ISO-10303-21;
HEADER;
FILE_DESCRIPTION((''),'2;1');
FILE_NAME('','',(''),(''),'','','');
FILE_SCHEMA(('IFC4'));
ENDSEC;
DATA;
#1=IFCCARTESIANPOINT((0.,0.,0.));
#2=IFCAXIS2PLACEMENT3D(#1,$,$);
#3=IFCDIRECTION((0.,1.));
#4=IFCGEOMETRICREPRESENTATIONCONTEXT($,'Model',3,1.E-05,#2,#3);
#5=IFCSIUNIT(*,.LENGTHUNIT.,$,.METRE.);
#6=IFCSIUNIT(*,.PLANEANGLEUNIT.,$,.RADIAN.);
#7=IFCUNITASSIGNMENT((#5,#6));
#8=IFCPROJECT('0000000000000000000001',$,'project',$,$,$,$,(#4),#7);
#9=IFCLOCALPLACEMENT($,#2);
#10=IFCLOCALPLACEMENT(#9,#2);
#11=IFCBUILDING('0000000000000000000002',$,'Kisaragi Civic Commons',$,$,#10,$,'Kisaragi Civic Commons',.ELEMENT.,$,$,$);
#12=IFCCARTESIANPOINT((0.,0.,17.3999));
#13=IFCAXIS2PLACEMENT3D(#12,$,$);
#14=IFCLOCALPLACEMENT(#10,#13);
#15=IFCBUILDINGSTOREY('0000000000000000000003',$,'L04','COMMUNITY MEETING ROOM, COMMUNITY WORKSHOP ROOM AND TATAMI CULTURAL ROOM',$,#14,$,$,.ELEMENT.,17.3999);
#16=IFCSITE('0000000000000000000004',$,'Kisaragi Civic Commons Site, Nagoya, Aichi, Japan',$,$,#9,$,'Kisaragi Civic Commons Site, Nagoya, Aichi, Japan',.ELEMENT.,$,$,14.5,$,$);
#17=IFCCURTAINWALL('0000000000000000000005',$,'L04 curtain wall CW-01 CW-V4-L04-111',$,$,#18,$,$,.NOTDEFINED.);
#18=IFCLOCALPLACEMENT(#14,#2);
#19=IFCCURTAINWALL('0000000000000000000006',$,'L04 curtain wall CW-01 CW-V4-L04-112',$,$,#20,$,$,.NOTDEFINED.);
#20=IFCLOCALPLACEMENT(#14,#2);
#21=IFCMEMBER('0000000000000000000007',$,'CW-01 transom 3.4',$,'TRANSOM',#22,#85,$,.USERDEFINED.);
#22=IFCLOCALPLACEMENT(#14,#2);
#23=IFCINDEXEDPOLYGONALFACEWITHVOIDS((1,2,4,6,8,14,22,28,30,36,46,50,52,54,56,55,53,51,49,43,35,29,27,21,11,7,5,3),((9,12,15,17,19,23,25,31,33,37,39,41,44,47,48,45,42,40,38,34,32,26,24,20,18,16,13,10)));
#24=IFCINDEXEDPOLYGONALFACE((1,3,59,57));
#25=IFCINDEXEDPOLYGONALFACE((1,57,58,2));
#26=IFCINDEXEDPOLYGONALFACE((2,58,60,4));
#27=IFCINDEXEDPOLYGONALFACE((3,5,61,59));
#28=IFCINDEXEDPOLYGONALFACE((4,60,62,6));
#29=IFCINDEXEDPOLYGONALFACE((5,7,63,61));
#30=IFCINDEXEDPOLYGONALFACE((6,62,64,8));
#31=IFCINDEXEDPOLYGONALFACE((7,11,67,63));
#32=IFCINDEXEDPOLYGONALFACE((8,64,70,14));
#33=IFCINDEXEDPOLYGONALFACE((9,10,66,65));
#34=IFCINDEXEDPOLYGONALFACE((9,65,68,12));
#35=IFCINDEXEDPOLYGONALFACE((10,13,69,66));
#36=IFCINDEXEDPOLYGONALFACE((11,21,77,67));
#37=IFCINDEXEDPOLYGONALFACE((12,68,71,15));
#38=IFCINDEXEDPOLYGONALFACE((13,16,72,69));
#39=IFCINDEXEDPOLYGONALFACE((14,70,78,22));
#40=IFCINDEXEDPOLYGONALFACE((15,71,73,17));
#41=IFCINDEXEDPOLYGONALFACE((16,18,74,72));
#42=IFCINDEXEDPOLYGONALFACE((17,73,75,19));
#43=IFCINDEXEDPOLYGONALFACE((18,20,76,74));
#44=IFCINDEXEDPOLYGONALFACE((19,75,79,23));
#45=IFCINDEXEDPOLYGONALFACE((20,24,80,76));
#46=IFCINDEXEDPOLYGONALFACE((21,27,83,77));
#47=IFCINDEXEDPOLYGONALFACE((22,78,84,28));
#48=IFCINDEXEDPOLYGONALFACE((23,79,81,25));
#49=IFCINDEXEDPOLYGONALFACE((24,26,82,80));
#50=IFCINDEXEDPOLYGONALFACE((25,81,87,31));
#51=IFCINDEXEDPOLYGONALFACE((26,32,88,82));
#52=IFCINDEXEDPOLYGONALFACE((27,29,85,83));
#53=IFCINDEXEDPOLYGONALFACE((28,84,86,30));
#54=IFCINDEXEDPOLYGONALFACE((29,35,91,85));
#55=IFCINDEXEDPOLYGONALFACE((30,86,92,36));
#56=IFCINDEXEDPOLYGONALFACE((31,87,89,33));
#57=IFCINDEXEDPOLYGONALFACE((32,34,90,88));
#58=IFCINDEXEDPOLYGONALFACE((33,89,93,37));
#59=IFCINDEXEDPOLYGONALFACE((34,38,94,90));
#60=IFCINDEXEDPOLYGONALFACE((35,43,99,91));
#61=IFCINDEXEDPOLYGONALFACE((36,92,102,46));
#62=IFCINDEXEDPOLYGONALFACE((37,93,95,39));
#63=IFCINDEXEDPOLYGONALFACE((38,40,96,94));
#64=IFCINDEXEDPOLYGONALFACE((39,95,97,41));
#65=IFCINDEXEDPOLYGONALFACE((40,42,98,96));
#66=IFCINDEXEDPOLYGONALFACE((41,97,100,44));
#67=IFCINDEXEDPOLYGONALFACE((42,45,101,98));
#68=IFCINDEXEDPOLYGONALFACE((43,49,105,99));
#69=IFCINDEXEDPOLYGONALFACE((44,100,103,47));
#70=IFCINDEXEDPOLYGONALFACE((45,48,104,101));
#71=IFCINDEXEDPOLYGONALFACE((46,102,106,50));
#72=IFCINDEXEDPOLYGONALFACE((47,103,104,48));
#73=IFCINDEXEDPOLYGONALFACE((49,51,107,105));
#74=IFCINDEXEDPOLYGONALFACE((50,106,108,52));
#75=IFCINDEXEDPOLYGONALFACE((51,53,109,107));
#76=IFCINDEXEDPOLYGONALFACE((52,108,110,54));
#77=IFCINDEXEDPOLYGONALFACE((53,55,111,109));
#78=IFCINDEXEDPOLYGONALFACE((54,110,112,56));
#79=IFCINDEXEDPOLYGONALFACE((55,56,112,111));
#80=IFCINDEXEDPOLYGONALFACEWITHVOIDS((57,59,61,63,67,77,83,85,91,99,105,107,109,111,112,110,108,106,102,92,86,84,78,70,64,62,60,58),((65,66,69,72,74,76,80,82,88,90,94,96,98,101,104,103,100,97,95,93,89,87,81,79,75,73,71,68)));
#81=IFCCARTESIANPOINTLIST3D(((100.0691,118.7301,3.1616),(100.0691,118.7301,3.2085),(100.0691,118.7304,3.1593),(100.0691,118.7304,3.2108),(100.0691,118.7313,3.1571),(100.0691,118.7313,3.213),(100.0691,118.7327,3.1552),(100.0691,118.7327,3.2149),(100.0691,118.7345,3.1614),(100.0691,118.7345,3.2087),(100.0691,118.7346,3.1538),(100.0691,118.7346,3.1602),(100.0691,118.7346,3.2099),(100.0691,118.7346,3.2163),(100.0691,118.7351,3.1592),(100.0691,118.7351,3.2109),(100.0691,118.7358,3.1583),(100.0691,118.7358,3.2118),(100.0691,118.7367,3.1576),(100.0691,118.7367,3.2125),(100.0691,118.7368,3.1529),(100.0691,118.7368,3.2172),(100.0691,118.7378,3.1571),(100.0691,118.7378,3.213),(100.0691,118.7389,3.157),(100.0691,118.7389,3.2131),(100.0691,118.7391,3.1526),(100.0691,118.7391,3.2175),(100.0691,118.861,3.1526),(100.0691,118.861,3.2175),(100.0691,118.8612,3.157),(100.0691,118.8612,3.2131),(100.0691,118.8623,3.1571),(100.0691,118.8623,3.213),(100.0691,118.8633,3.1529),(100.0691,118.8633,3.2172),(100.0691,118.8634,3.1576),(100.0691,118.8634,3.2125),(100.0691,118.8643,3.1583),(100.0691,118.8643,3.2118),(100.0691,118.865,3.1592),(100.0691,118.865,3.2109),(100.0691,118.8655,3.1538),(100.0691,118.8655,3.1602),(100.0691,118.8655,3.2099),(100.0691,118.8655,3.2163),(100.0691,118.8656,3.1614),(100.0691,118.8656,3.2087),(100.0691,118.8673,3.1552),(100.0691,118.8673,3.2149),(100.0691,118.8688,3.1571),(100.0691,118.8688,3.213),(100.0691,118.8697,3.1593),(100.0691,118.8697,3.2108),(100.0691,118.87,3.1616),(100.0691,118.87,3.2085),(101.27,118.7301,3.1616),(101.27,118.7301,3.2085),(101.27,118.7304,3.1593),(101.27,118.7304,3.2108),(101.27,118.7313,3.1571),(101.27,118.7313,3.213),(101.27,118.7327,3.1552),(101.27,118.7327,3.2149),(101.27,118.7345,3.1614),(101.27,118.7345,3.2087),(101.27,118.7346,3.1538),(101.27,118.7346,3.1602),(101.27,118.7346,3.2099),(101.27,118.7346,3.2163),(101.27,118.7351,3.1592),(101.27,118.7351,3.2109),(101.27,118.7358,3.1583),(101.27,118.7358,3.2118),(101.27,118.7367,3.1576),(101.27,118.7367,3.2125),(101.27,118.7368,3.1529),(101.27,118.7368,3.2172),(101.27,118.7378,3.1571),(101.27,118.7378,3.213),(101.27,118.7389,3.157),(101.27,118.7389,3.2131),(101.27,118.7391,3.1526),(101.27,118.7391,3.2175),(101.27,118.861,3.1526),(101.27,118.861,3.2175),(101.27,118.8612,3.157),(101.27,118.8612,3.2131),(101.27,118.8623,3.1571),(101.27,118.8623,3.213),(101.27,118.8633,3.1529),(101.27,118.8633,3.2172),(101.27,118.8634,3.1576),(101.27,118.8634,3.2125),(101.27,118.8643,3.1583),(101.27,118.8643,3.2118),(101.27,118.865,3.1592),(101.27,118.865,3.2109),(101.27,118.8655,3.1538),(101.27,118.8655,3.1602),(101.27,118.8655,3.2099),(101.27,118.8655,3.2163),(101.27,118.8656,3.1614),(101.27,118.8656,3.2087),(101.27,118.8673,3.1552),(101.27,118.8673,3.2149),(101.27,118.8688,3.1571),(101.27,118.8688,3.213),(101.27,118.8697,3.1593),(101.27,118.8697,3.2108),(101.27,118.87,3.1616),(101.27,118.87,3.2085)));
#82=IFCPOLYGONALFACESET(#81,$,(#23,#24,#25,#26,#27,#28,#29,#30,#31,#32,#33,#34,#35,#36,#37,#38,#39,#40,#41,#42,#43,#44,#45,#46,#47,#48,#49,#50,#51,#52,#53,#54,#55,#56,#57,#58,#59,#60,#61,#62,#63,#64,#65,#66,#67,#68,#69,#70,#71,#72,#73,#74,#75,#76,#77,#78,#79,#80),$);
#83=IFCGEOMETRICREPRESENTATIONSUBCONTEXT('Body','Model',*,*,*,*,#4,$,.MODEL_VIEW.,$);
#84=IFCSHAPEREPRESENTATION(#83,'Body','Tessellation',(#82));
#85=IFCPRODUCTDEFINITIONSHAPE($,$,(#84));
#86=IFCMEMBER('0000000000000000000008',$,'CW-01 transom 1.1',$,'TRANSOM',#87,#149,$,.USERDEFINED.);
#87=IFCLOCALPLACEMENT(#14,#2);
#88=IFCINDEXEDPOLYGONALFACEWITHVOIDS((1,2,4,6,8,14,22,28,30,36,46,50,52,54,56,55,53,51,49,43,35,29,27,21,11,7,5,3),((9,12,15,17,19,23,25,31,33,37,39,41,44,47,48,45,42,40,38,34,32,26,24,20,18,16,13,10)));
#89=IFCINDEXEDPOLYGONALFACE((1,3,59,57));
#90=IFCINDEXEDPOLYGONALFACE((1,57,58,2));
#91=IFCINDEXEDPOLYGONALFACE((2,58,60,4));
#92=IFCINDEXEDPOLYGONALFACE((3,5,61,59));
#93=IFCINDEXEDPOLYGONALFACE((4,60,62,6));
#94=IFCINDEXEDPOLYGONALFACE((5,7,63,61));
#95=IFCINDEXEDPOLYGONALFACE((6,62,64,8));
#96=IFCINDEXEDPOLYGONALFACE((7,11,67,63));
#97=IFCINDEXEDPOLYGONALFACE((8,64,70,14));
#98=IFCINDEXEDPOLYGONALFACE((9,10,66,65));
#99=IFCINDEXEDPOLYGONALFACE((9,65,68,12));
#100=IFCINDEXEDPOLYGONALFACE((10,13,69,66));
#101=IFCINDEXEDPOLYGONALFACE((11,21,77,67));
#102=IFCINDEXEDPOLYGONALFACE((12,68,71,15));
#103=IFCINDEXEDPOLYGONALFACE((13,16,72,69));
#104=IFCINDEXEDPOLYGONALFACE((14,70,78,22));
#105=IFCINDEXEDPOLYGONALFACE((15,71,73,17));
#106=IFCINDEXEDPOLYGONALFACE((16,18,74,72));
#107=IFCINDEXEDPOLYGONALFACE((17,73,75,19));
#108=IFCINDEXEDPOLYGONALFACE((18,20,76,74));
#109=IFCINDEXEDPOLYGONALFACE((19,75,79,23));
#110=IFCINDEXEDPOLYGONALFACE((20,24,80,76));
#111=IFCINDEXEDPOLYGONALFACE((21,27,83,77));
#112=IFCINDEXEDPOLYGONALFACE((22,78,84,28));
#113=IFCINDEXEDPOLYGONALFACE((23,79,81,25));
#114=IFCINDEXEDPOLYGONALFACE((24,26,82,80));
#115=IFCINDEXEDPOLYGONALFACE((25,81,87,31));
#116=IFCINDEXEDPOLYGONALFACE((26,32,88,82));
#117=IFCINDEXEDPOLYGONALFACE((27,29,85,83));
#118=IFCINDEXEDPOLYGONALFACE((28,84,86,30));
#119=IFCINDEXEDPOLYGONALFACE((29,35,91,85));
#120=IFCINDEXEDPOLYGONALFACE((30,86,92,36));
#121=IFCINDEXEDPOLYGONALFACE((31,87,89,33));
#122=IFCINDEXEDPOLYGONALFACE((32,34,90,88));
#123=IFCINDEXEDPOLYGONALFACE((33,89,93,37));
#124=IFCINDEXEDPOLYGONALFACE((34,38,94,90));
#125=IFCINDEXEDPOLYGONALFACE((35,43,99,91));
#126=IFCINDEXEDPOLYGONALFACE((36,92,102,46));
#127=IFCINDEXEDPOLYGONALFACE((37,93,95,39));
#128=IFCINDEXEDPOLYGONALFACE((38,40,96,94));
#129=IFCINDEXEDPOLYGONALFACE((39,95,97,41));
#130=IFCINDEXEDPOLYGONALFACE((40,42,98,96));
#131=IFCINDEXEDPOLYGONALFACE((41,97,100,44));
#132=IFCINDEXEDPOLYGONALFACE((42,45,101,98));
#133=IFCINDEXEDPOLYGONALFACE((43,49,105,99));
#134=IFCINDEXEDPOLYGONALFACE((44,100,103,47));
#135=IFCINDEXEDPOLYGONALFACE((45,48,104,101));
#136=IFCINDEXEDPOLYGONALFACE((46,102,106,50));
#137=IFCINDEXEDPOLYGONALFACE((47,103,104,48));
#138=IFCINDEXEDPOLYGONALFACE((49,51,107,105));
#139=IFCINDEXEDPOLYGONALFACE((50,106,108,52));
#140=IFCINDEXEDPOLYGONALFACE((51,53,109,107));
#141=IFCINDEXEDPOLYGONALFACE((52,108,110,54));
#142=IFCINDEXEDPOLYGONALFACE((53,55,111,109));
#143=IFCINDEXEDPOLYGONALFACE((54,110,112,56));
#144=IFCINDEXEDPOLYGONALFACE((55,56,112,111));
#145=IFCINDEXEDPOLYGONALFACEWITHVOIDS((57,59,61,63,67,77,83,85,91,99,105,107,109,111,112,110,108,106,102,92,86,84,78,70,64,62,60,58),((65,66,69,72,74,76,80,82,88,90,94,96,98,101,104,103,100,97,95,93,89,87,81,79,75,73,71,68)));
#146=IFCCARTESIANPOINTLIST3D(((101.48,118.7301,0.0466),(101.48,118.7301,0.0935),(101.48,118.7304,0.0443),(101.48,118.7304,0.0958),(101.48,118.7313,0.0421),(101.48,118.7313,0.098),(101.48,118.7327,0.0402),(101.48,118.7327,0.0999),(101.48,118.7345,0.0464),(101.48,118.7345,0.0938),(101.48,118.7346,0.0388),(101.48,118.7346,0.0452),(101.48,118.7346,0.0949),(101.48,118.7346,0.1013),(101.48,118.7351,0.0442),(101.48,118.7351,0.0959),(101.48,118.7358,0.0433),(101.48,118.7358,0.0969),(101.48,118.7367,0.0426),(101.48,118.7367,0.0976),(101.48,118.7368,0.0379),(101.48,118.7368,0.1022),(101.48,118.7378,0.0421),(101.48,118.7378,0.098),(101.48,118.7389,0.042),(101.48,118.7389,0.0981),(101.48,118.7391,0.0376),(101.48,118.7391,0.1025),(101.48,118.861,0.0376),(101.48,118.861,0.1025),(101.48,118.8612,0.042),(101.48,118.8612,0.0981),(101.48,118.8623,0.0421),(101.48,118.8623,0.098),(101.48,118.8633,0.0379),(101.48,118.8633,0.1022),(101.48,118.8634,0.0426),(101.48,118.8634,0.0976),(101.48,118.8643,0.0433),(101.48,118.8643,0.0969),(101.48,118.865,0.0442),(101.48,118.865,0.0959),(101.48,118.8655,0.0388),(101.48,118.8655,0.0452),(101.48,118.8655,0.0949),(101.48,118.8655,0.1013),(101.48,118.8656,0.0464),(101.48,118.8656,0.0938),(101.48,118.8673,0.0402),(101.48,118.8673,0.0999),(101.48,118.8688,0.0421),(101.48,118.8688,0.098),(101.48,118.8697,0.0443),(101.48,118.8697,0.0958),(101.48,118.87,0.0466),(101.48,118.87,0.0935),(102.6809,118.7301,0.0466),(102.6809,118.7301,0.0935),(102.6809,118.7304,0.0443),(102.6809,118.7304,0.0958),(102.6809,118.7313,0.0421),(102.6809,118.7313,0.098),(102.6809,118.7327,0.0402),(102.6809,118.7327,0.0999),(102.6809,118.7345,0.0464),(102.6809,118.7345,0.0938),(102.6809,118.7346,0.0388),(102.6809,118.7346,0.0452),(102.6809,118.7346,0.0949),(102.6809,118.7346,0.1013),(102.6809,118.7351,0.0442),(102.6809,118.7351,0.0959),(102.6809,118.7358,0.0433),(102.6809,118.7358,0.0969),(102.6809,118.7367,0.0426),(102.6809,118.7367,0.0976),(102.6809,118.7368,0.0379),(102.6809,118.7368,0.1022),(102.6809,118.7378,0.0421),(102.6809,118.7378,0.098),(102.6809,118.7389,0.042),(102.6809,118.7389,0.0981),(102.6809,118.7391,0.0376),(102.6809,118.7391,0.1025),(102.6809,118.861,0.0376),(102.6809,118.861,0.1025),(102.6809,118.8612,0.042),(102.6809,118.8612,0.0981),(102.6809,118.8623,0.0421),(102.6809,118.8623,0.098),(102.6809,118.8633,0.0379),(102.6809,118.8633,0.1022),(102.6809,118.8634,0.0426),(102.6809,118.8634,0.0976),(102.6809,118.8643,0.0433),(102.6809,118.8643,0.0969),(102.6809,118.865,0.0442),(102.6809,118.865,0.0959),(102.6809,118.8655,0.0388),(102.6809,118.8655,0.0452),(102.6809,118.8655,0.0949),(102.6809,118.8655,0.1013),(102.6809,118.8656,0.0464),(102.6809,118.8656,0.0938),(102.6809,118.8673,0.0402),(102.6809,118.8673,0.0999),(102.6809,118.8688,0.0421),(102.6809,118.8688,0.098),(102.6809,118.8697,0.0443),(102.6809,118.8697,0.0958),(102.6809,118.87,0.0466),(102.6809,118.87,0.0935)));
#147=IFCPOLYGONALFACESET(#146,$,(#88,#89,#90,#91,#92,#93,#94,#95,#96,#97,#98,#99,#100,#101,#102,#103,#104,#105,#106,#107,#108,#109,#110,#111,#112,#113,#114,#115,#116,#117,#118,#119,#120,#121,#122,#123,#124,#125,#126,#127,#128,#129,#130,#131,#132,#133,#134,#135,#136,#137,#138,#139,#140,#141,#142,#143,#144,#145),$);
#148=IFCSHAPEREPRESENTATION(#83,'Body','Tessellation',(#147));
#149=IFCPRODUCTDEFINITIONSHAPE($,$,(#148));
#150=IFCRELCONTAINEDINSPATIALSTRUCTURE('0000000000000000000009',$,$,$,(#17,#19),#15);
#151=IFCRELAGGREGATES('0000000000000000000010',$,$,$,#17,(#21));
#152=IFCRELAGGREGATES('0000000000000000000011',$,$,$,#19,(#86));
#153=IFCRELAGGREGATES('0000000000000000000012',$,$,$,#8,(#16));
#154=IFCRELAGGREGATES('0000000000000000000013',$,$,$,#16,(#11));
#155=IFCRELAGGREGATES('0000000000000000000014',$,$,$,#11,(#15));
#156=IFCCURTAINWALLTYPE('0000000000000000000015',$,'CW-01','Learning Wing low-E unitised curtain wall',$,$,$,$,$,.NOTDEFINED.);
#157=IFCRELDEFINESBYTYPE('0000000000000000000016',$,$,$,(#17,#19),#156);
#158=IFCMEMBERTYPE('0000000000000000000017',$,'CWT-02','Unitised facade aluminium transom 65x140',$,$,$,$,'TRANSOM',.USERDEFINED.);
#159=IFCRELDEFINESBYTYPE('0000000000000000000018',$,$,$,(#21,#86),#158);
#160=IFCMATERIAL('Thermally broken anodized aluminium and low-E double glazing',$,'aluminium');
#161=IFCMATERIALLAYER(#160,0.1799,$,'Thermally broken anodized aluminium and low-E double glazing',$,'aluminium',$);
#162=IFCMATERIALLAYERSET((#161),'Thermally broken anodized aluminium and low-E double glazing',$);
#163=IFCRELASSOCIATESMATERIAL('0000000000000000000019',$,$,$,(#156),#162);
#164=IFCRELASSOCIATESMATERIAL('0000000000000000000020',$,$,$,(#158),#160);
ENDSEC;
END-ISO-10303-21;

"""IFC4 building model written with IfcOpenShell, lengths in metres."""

from ifc_helpers import new_model, si_unit, direction, frame, origin, origin_2d, place, context, subcontext, project, spatial, hollow_rectangle, extrude, material, layer, layer_set, material_profile, profile_set, type_object, element, aggregate, save


model = new_model("IFC4")

# Units and contexts
model_context = context("Model", 3, precision=1e-05, world=origin(), true_north=direction((0.0, 1.0)))
body_context = subcontext(model_context, "Body", "Model", "MODEL_VIEW")
ifc_project = project(units=[si_unit("LENGTHUNIT", "METRE"), si_unit("PLANEANGLEUNIT", "RADIAN")], contexts=[model_context])

# Site, building, storey
site_placement = place(None, origin())
site = spatial("IfcSite", under=ifc_project, at=site_placement, Name="Kisaragi Civic Commons Site, Nagoya, Aichi, Japan", LongName="Kisaragi Civic Commons Site, Nagoya, Aichi, Japan", CompositionType="ELEMENT", RefElevation=14.5)
building_placement = place(site_placement, origin())
building = spatial("IfcBuilding", under=site, at=building_placement, Name="Kisaragi Civic Commons", LongName="Kisaragi Civic Commons", CompositionType="ELEMENT")
storey_placement = place(building_placement, frame((0.0, 0.0, 17.3999)))
storey = spatial("IfcBuildingStorey", under=building, at=storey_placement, Name="L04", Description="COMMUNITY MEETING ROOM, COMMUNITY WORKSHOP ROOM AND TATAMI CULTURAL ROOM", CompositionType="ELEMENT", Elevation=17.3999)

# Curtain walls
ifc_material_1 = material(Name="Thermally broken anodized aluminium and low-E double glazing", Category="aluminium")
ifc_layer_1 = layer(ifc_material_1, 0.1799, Name="Thermally broken anodized aluminium and low-E double glazing", Category="aluminium")
ifc_layer_set_1 = layer_set([ifc_layer_1], Name="Thermally broken anodized aluminium and low-E double glazing")
curtain_wall_type = type_object("IfcCurtainWallType", Name="CW-01", Description="Learning Wing low-E unitised curtain wall", PredefinedType="NOTDEFINED", material=ifc_layer_set_1)
curtain_wall_1_placement = place(storey_placement, origin())
curtain_wall_1 = element("IfcCurtainWall", 1, at=curtain_wall_1_placement, inside=storey, type_object=curtain_wall_type, Name="L04 curtain wall CW-01 CW-V4-L04-111", PredefinedType="NOTDEFINED")
curtain_wall_2_placement = place(storey_placement, origin())
curtain_wall_2 = element("IfcCurtainWall", 2, at=curtain_wall_2_placement, inside=storey, type_object=curtain_wall_type, Name="L04 curtain wall CW-01 CW-V4-L04-112", PredefinedType="NOTDEFINED")

# Members
ifc_material_profile_1 = material_profile(ifc_material_1, hollow_rectangle(XDim=0.1399, YDim=0.0649, WallThickness=0.0044, InnerFilletRadius=0.0044, OuterFilletRadius=0.009, at=origin_2d()), Name="CWT-65x140x4.5", Category="aluminium")
ifc_profile_set_1 = profile_set([ifc_material_profile_1], Name="Thermally broken anodized aluminium and low-E double glazing")
member_type_1 = type_object("IfcMemberType", Name="CWT-02", Description="Unitised facade aluminium transom 65x140", ElementType="TRANSOM", PredefinedType="USERDEFINED", material=ifc_profile_set_1)
member_1_placement = place(storey_placement, frame((100.0691, 118.8, 3.1851), z_axis=(1.0, 0.0, 0.0), x_axis=(0.0, 1.0, 0.0)))
member_1 = element("IfcMember", 3, at=member_1_placement, type_object=member_type_1, Name="CW-01 transom 3.4", ObjectType="TRANSOM", PredefinedType="USERDEFINED", context=body_context, shape_type="SweptSolid", body=[
    extrude(hollow_rectangle(XDim=0.1399, YDim=0.0649, WallThickness=0.0044, InnerFilletRadius=0.0044, OuterFilletRadius=0.009, at=origin_2d()), origin(), (0.0, 0.0, 1.0), 1.2009),
])
member_2_placement = place(storey_placement, frame((101.48, 118.8, 0.0701), z_axis=(1.0, 0.0, 0.0), x_axis=(0.0, 1.0, 0.0)))
member_2 = element("IfcMember", 4, at=member_2_placement, type_object=member_type_1, Name="CW-01 transom 1.1", ObjectType="TRANSOM", PredefinedType="USERDEFINED", context=body_context, shape_type="SweptSolid", body=[
    extrude(hollow_rectangle(XDim=0.1399, YDim=0.0649, WallThickness=0.0044, InnerFilletRadius=0.0044, OuterFilletRadius=0.009, at=origin_2d()), origin(), (0.0, 0.0, 1.0), 1.2009),
])

aggregate(curtain_wall_1, [member_1])
aggregate(curtain_wall_2, [member_2])

save(model, "model.ifc")
